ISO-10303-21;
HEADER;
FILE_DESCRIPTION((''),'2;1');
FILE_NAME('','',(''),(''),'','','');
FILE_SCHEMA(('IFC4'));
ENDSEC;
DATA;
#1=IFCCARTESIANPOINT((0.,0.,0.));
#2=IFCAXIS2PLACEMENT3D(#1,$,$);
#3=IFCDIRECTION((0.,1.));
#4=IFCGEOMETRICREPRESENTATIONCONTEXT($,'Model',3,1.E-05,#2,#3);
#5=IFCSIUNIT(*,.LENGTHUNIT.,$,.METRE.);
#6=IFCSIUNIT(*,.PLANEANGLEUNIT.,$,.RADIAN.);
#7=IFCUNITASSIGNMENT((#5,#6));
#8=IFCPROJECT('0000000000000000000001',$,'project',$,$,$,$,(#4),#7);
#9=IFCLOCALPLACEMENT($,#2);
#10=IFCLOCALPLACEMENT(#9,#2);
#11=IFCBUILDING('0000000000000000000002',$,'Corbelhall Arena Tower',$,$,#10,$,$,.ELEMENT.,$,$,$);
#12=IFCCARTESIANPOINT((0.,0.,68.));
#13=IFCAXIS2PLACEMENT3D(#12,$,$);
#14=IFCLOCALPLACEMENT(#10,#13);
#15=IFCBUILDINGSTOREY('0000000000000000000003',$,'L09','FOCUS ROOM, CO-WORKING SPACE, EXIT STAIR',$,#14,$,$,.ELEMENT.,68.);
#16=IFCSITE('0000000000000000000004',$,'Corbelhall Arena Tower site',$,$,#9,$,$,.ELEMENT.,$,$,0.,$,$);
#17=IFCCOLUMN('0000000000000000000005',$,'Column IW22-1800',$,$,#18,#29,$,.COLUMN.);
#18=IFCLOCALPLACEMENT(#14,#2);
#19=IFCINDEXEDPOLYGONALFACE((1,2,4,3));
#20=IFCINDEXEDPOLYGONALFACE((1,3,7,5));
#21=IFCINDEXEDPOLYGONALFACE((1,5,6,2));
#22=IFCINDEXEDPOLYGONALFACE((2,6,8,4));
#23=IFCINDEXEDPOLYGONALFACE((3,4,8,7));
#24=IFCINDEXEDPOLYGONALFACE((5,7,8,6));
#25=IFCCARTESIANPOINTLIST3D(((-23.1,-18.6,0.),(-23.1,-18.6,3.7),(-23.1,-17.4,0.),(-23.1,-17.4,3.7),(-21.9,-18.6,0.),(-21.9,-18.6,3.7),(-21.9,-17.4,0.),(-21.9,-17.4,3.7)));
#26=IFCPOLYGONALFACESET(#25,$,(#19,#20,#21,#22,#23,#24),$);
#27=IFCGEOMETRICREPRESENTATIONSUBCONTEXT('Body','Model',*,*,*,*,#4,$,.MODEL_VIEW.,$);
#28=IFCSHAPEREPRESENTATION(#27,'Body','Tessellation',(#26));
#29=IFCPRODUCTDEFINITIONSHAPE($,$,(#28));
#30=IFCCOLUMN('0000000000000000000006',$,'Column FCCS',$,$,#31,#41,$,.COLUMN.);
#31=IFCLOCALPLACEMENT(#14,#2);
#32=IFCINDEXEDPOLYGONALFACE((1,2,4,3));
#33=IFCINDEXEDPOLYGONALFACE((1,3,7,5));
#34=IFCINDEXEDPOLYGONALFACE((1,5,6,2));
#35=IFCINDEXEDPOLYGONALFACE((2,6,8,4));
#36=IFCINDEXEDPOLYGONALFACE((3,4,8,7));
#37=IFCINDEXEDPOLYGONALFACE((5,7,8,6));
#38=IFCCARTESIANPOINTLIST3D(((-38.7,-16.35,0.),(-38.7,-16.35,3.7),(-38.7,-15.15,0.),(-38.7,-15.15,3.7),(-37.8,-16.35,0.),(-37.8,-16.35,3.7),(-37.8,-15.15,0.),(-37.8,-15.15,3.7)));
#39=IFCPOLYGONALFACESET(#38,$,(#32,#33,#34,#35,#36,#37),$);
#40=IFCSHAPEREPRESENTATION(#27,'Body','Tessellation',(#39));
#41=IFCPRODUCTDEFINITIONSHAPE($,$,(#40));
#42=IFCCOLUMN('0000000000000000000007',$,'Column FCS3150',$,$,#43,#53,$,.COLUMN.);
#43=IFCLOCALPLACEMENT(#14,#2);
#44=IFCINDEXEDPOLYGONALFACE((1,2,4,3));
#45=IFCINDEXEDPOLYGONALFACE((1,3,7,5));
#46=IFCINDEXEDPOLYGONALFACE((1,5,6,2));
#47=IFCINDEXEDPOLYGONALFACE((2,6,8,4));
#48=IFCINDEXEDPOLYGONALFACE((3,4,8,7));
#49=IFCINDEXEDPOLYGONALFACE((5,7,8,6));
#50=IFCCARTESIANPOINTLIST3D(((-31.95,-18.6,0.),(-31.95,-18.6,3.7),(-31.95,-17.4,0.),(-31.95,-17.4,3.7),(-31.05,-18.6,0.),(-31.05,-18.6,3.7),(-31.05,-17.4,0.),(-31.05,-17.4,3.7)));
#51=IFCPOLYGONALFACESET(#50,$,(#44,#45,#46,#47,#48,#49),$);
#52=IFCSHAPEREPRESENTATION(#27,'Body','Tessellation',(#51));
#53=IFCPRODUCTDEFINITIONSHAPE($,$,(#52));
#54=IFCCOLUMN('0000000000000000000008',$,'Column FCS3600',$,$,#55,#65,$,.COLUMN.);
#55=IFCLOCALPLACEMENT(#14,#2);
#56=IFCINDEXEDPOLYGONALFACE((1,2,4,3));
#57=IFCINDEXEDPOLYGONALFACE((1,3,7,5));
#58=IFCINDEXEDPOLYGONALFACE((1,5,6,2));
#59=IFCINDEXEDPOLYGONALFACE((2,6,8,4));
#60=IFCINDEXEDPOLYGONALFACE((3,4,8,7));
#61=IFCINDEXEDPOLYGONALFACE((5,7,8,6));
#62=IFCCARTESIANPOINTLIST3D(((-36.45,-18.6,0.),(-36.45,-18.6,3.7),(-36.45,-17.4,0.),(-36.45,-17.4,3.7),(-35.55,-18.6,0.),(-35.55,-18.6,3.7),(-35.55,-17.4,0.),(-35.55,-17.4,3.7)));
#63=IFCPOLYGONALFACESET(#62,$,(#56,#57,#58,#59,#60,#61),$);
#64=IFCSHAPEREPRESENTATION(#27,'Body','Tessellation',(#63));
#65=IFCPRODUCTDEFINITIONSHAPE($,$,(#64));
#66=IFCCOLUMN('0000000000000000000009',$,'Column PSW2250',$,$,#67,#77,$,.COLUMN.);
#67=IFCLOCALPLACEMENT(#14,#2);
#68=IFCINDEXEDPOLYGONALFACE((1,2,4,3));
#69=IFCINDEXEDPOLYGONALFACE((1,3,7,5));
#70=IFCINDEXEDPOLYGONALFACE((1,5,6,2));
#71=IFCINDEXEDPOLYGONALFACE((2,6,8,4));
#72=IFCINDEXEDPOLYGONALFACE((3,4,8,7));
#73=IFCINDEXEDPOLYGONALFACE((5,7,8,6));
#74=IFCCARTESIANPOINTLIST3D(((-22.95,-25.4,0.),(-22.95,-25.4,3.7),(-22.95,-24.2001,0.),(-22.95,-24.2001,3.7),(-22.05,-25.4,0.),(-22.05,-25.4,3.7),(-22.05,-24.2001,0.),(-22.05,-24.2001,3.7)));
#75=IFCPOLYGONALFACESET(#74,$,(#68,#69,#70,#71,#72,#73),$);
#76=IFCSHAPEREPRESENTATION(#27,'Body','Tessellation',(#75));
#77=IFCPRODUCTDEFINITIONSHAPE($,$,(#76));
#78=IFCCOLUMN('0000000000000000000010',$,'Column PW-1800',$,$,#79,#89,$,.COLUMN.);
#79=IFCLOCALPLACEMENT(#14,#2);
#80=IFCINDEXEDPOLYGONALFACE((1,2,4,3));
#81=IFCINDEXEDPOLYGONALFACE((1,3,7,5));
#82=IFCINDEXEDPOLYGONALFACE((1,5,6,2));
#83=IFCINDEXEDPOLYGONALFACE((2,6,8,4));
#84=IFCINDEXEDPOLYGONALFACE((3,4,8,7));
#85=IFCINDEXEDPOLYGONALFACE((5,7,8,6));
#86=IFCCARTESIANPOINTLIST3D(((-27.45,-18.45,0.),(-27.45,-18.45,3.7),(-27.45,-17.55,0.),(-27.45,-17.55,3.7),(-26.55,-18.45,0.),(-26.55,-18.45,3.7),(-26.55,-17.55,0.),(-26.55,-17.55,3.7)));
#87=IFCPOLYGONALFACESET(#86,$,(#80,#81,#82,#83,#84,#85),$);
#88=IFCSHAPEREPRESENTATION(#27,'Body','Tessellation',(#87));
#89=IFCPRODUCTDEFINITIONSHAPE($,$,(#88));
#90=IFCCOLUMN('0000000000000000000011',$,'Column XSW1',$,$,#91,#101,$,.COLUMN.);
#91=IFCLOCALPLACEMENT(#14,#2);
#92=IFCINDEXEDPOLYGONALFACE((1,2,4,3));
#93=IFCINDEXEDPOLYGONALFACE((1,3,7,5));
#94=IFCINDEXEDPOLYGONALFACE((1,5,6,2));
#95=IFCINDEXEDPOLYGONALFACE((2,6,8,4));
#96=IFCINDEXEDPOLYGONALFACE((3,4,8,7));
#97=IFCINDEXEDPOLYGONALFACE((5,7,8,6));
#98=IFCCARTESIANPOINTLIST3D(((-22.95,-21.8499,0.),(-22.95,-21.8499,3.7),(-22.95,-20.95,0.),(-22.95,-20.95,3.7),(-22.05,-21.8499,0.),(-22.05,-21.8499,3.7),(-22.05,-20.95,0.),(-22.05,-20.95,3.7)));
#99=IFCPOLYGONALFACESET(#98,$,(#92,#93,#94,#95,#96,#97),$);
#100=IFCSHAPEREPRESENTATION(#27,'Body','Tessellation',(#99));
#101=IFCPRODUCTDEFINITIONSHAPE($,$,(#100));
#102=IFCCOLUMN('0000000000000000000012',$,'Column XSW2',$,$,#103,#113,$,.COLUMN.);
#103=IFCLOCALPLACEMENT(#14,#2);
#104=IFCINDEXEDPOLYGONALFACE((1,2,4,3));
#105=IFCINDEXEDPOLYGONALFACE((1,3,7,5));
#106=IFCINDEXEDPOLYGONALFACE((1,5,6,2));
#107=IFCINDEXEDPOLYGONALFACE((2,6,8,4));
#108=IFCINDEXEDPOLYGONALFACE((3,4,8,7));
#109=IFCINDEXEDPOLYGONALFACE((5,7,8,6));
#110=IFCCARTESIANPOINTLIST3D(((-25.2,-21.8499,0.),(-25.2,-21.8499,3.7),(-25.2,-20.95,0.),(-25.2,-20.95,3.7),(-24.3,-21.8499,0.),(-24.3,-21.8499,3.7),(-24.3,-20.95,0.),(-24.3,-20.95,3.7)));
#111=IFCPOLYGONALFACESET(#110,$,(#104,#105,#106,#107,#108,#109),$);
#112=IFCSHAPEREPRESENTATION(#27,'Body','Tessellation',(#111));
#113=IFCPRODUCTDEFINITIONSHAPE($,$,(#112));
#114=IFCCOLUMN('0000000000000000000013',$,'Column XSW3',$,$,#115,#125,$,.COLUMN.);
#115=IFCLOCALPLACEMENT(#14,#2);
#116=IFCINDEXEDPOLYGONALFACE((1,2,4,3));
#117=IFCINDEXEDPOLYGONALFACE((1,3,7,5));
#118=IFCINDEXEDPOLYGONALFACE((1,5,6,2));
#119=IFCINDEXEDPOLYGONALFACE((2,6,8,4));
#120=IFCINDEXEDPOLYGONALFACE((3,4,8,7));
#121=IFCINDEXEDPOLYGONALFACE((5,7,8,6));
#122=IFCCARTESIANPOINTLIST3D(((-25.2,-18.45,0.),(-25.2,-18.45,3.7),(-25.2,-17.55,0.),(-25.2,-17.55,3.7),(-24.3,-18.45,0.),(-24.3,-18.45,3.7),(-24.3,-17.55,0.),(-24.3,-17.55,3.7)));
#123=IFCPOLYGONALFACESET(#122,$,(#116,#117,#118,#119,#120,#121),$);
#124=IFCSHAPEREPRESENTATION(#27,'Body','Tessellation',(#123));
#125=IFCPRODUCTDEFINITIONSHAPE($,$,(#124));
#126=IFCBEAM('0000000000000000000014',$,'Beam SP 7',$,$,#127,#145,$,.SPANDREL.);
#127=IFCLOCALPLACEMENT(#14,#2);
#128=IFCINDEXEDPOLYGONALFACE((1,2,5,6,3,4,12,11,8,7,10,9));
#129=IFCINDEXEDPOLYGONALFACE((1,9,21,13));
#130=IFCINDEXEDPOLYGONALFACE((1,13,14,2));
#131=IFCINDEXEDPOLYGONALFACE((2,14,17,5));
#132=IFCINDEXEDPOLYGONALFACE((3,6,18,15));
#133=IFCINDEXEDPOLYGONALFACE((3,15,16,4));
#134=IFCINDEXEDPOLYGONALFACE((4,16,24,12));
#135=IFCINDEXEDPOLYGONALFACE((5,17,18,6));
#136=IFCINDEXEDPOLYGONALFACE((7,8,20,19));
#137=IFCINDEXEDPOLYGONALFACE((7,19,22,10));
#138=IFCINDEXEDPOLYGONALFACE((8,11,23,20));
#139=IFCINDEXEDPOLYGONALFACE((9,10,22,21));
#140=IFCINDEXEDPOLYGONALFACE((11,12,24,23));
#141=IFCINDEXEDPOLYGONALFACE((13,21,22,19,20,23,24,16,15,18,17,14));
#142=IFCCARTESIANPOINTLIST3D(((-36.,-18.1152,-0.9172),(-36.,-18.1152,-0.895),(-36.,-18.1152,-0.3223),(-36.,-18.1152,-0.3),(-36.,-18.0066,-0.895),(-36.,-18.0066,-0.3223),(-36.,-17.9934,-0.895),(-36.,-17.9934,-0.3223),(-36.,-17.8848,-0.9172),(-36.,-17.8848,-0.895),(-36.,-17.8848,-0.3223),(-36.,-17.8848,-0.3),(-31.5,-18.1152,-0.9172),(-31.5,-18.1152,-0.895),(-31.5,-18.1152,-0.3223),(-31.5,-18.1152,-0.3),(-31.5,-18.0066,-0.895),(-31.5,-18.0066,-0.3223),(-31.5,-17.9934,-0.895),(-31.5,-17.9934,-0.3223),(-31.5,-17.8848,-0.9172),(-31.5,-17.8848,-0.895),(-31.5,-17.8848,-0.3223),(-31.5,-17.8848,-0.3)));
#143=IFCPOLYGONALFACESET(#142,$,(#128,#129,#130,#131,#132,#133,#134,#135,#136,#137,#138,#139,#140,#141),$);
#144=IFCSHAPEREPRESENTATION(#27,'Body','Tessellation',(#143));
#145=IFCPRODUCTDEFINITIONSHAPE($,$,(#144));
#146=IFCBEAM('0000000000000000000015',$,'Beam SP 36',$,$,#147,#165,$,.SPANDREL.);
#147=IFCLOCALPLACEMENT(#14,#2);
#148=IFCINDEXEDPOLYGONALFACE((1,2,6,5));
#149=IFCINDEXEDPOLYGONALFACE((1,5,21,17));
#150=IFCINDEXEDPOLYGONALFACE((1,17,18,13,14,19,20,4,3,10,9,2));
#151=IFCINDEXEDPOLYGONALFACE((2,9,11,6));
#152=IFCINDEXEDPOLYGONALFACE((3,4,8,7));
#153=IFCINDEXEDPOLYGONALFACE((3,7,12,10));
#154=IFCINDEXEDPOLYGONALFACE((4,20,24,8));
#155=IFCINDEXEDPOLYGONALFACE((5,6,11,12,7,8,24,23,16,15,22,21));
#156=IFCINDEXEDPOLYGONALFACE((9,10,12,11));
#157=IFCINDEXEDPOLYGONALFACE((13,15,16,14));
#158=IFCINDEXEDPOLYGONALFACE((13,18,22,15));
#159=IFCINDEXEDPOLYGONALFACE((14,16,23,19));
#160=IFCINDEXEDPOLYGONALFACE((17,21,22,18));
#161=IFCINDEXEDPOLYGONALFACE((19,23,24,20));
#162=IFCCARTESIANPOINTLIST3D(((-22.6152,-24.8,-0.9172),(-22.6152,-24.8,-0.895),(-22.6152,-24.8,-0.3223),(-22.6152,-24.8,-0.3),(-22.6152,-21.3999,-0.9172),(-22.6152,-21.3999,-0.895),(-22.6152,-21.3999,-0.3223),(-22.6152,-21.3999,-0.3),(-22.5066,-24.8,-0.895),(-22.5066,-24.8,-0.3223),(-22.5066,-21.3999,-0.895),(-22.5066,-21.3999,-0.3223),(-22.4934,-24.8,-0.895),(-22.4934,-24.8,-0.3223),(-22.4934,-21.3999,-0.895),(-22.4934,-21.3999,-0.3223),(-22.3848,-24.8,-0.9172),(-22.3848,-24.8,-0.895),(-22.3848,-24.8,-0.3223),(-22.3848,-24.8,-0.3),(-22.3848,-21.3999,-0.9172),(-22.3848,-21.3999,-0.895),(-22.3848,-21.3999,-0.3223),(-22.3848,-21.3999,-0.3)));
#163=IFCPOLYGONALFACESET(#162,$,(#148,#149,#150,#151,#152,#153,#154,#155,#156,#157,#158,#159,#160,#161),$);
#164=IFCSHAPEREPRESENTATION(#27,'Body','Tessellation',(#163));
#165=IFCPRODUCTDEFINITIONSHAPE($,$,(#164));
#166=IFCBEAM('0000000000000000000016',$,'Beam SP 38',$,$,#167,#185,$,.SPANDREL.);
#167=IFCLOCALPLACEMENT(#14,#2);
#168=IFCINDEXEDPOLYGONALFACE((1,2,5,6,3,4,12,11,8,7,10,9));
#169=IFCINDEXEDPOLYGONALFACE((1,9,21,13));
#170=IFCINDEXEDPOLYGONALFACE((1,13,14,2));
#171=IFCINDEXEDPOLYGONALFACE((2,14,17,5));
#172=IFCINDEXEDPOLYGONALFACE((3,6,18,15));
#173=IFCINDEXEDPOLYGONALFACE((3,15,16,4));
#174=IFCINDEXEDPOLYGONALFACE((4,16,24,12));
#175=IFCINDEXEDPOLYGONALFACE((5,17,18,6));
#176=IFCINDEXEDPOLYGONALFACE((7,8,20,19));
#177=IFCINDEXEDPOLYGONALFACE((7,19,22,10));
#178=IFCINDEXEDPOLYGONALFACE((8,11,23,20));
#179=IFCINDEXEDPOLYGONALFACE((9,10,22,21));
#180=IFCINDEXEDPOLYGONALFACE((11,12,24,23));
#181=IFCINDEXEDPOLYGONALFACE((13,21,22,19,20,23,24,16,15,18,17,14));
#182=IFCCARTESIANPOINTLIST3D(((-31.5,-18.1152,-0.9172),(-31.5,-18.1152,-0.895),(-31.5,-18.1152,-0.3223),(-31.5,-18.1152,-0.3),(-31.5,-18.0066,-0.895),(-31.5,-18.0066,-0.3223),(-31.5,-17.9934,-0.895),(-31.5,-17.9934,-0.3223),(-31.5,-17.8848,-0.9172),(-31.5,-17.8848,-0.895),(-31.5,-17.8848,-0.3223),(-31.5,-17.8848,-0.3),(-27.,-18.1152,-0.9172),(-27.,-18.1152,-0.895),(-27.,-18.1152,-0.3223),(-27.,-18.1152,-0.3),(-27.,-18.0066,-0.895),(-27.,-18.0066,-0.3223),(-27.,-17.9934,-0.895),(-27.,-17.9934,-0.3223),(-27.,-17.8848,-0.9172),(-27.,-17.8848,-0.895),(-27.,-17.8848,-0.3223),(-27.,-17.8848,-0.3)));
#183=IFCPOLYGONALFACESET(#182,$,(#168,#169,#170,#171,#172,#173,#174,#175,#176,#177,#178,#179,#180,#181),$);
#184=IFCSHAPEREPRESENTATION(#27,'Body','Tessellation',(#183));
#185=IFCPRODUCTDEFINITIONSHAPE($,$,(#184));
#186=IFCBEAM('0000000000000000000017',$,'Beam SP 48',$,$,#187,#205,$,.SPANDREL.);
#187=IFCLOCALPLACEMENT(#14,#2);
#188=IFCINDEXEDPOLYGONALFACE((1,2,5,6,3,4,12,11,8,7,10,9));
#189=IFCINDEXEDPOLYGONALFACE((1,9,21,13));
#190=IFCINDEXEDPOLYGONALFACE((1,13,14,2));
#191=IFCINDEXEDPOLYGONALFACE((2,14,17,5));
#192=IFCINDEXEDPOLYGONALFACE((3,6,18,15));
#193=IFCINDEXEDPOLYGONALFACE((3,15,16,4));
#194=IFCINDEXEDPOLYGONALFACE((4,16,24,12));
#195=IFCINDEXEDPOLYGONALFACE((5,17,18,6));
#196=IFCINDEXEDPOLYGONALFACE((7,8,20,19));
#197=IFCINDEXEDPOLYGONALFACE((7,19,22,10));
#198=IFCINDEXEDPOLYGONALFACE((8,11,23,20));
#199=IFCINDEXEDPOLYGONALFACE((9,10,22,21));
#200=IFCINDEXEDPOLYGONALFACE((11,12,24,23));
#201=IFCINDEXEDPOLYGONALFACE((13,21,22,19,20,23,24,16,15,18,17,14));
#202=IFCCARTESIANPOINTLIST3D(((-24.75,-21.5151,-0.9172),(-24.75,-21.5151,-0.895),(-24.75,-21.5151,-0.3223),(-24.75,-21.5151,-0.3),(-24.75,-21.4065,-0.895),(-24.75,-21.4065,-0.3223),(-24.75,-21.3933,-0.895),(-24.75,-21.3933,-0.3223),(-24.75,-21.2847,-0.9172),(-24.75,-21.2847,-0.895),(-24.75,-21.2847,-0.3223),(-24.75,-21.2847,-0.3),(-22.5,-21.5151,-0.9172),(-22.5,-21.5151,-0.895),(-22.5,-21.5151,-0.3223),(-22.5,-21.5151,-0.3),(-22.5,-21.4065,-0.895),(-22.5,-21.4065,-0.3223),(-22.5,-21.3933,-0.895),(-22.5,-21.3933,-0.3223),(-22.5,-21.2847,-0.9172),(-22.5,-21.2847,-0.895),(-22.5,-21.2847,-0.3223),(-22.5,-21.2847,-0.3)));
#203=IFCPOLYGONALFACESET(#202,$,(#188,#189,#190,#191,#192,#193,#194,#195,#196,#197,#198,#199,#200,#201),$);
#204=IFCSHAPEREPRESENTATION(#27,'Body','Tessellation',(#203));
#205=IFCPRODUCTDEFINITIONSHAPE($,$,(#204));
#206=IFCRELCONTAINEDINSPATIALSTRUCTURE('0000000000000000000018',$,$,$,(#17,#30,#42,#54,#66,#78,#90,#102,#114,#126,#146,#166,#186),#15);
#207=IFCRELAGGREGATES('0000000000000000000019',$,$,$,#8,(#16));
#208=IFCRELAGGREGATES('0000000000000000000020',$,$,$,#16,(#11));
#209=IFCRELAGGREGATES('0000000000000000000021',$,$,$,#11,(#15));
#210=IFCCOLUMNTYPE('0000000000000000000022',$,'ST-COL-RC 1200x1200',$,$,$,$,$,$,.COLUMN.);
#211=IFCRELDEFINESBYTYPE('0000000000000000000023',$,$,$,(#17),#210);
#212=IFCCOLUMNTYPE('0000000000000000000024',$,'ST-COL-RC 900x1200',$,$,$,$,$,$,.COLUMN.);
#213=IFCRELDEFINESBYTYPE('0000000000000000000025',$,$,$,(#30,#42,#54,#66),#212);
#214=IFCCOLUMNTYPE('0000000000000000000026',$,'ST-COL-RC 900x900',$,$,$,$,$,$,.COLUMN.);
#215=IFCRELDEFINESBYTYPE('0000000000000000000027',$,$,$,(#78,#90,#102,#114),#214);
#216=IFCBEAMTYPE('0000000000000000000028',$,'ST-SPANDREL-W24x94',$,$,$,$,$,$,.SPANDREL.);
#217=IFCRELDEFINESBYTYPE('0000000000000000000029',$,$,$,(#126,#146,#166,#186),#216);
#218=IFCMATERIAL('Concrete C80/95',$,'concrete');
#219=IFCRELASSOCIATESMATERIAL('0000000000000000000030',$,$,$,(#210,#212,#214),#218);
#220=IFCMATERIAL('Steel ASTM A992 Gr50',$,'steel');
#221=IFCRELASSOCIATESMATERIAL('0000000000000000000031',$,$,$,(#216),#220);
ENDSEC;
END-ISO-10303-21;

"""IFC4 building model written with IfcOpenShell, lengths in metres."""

from ifc_helpers import new_model, si_unit, direction, frame, origin, origin_2d, place, context, subcontext, project, spatial, rectangle, i_section, extrude, material, material_profile, profile_set, type_object, element, save


model = new_model("IFC4")

# Units and contexts
model_context = context("Model", 3, precision=1e-05, world=origin(), true_north=direction((0.0, 1.0)))
body_context = subcontext(model_context, "Body", "Model", "MODEL_VIEW")
ifc_project = project(units=[si_unit("LENGTHUNIT", "METRE"), si_unit("PLANEANGLEUNIT", "RADIAN")], contexts=[model_context])

# Site, building, storey
site_placement = place(None, origin())
site = spatial("IfcSite", under=ifc_project, at=site_placement, Name="Corbelhall Arena Tower site", CompositionType="ELEMENT", RefElevation=0.0)
building_placement = place(site_placement, origin())
building = spatial("IfcBuilding", under=site, at=building_placement, Name="Corbelhall Arena Tower", CompositionType="ELEMENT")
storey_placement = place(building_placement, frame((0.0, 0.0, 68.0)))
storey = spatial("IfcBuildingStorey", under=building, at=storey_placement, Name="L09", Description="FOCUS ROOM, CO-WORKING SPACE, EXIT STAIR", CompositionType="ELEMENT", Elevation=68.0)

# Columns
ifc_material_1 = material(Name="Concrete C80/95", Category="concrete")
ifc_material_profile_1 = material_profile(ifc_material_1, rectangle(XDim=1.2, YDim=1.2, at=origin_2d()))
ifc_profile_set_1 = profile_set([ifc_material_profile_1], Name="Concrete C80/95")
column_type_1 = type_object("IfcColumnType", Name="ST-COL-RC 1200x1200", PredefinedType="COLUMN", material=ifc_profile_set_1)
column_placement = place(storey_placement, frame((-22.5, -18.0, 0.0), z_axis=(0.0, 0.0, 1.0), x_axis=(1.0, 0.0, 0.0)))
element("IfcColumn", 1, at=column_placement, inside=storey, type_object=column_type_1, Name="Column IW22-1800", PredefinedType="COLUMN", context=body_context, shape_type="SweptSolid", body=[
    extrude(rectangle(XDim=1.2, YDim=1.2, at=origin_2d()), origin(), (0.0, 0.0, 1.0), 3.7),
])
ifc_material_profile_2 = material_profile(ifc_material_1, rectangle(XDim=0.8999, YDim=1.2, at=origin_2d()))
ifc_profile_set_2 = profile_set([ifc_material_profile_2], Name="Concrete C80/95")
column_type_2 = type_object("IfcColumnType", Name="ST-COL-RC 900x1200", PredefinedType="COLUMN", material=ifc_profile_set_2)
for number, where, z_axis, x_axis, name in (
    (2, (-38.25, -15.75, 0.0), (0.0, 0.0, 1.0), (1.0, 0.0, 0.0), "Column FCCS"),
    (3, (-31.5, -18.0, 0.0), (0.0, 0.0, 1.0), (1.0, 0.0, 0.0), "Column FCS3150"),
    (4, (-36.0, -18.0, 0.0), (0.0, 0.0, 1.0), (1.0, 0.0, 0.0), "Column FCS3600"),
    (5, (-22.5, -24.8, 0.0), (0.0, 0.0, 1.0), (1.0, 0.0, 0.0), "Column PSW2250"),
):
    element("IfcColumn", number, at=place(storey_placement, frame(where, z_axis=z_axis, x_axis=x_axis)), inside=storey, type_object=column_type_2, Name=name, PredefinedType="COLUMN", context=body_context, shape_type="SweptSolid", body=[
        extrude(rectangle(XDim=0.8999, YDim=1.2, at=origin_2d()), origin(), (0.0, 0.0, 1.0), 3.7),
    ])
ifc_material_profile_3 = material_profile(ifc_material_1, rectangle(XDim=0.8999, YDim=0.8999, at=origin_2d()))
ifc_profile_set_3 = profile_set([ifc_material_profile_3], Name="Concrete C80/95")
column_type_3 = type_object("IfcColumnType", Name="ST-COL-RC 900x900", PredefinedType="COLUMN", material=ifc_profile_set_3)
for number, where, z_axis, x_axis, name in (
    (6, (-27.0, -18.0, 0.0), (0.0, 0.0, 1.0), (1.0, 0.0, 0.0), "Column PW-1800"),
    (7, (-22.5, -21.3999, 0.0), (0.0, 0.0, 1.0), (1.0, 0.0, 0.0), "Column XSW1"),
    (8, (-24.75, -21.3999, 0.0), (0.0, 0.0, 1.0), (1.0, 0.0, 0.0), "Column XSW2"),
    (9, (-24.75, -18.0, 0.0), (0.0, 0.0, 1.0), (1.0, 0.0, 0.0), "Column XSW3"),
):
    element("IfcColumn", number, at=place(storey_placement, frame(where, z_axis=z_axis, x_axis=x_axis)), inside=storey, type_object=column_type_3, Name=name, PredefinedType="COLUMN", context=body_context, shape_type="SweptSolid", body=[
        extrude(rectangle(XDim=0.8999, YDim=0.8999, at=origin_2d()), origin(), (0.0, 0.0, 1.0), 3.7),
    ])

# Beams
ifc_material_2 = material(Name="Steel ASTM A992 Gr50", Category="steel")
ifc_material_profile_4 = material_profile(ifc_material_2, i_section(OverallWidth=0.2305, OverallDepth=0.6172, WebThickness=0.0132, FlangeThickness=0.0222, at=origin_2d()))
ifc_profile_set_4 = profile_set([ifc_material_profile_4], Name="Steel ASTM A992 Gr50")
beam_type = type_object("IfcBeamType", Name="ST-SPANDREL-W24x94", PredefinedType="SPANDREL", material=ifc_profile_set_4)
beam_1_placement = place(storey_placement, frame((-31.5, -18.0, -0.6086), z_axis=(-1.0, 0.0, 0.0), x_axis=(0.0, -1.0, 0.0)))
element("IfcBeam", 10, at=beam_1_placement, inside=storey, type_object=beam_type, Name="Beam SP 7", PredefinedType="SPANDREL", context=body_context, shape_type="SweptSolid", body=[
    extrude(i_section(OverallWidth=0.2305, OverallDepth=0.6172, WebThickness=0.0132, FlangeThickness=0.0222, at=origin_2d()), origin(), (0.0, 0.0, 1.0), 4.5),
])
beam_2_placement = place(storey_placement, frame((-22.5, -24.8, -0.6086), z_axis=(0.0, 1.0, 0.0), x_axis=(-1.0, 0.0, 0.0)))
element("IfcBeam", 11, at=beam_2_placement, inside=storey, type_object=beam_type, Name="Beam SP 36", PredefinedType="SPANDREL", context=body_context, shape_type="SweptSolid", body=[
    extrude(i_section(OverallWidth=0.2305, OverallDepth=0.6172, WebThickness=0.0132, FlangeThickness=0.0222, at=origin_2d()), origin(), (0.0, 0.0, 1.0), 3.4001),
])
beam_3_placement = place(storey_placement, frame((-27.0, -18.0, -0.6086), z_axis=(-1.0, 0.0, 0.0), x_axis=(0.0, -1.0, 0.0)))
element("IfcBeam", 12, at=beam_3_placement, inside=storey, type_object=beam_type, Name="Beam SP 38", PredefinedType="SPANDREL", context=body_context, shape_type="SweptSolid", body=[
    extrude(i_section(OverallWidth=0.2305, OverallDepth=0.6172, WebThickness=0.0132, FlangeThickness=0.0222, at=origin_2d()), origin(), (0.0, 0.0, 1.0), 4.5),
])
beam_4_placement = place(storey_placement, frame((-22.5, -21.3999, -0.6086), z_axis=(-1.0, 0.0, 0.0), x_axis=(0.0, -1.0, 0.0)))
element("IfcBeam", 13, at=beam_4_placement, inside=storey, type_object=beam_type, Name="Beam SP 48", PredefinedType="SPANDREL", context=body_context, shape_type="SweptSolid", body=[
    extrude(i_section(OverallWidth=0.2305, OverallDepth=0.6172, WebThickness=0.0132, FlangeThickness=0.0222, at=origin_2d()), origin(), (0.0, 0.0, 1.0), 2.25),
])

save(model, "model.ifc")
